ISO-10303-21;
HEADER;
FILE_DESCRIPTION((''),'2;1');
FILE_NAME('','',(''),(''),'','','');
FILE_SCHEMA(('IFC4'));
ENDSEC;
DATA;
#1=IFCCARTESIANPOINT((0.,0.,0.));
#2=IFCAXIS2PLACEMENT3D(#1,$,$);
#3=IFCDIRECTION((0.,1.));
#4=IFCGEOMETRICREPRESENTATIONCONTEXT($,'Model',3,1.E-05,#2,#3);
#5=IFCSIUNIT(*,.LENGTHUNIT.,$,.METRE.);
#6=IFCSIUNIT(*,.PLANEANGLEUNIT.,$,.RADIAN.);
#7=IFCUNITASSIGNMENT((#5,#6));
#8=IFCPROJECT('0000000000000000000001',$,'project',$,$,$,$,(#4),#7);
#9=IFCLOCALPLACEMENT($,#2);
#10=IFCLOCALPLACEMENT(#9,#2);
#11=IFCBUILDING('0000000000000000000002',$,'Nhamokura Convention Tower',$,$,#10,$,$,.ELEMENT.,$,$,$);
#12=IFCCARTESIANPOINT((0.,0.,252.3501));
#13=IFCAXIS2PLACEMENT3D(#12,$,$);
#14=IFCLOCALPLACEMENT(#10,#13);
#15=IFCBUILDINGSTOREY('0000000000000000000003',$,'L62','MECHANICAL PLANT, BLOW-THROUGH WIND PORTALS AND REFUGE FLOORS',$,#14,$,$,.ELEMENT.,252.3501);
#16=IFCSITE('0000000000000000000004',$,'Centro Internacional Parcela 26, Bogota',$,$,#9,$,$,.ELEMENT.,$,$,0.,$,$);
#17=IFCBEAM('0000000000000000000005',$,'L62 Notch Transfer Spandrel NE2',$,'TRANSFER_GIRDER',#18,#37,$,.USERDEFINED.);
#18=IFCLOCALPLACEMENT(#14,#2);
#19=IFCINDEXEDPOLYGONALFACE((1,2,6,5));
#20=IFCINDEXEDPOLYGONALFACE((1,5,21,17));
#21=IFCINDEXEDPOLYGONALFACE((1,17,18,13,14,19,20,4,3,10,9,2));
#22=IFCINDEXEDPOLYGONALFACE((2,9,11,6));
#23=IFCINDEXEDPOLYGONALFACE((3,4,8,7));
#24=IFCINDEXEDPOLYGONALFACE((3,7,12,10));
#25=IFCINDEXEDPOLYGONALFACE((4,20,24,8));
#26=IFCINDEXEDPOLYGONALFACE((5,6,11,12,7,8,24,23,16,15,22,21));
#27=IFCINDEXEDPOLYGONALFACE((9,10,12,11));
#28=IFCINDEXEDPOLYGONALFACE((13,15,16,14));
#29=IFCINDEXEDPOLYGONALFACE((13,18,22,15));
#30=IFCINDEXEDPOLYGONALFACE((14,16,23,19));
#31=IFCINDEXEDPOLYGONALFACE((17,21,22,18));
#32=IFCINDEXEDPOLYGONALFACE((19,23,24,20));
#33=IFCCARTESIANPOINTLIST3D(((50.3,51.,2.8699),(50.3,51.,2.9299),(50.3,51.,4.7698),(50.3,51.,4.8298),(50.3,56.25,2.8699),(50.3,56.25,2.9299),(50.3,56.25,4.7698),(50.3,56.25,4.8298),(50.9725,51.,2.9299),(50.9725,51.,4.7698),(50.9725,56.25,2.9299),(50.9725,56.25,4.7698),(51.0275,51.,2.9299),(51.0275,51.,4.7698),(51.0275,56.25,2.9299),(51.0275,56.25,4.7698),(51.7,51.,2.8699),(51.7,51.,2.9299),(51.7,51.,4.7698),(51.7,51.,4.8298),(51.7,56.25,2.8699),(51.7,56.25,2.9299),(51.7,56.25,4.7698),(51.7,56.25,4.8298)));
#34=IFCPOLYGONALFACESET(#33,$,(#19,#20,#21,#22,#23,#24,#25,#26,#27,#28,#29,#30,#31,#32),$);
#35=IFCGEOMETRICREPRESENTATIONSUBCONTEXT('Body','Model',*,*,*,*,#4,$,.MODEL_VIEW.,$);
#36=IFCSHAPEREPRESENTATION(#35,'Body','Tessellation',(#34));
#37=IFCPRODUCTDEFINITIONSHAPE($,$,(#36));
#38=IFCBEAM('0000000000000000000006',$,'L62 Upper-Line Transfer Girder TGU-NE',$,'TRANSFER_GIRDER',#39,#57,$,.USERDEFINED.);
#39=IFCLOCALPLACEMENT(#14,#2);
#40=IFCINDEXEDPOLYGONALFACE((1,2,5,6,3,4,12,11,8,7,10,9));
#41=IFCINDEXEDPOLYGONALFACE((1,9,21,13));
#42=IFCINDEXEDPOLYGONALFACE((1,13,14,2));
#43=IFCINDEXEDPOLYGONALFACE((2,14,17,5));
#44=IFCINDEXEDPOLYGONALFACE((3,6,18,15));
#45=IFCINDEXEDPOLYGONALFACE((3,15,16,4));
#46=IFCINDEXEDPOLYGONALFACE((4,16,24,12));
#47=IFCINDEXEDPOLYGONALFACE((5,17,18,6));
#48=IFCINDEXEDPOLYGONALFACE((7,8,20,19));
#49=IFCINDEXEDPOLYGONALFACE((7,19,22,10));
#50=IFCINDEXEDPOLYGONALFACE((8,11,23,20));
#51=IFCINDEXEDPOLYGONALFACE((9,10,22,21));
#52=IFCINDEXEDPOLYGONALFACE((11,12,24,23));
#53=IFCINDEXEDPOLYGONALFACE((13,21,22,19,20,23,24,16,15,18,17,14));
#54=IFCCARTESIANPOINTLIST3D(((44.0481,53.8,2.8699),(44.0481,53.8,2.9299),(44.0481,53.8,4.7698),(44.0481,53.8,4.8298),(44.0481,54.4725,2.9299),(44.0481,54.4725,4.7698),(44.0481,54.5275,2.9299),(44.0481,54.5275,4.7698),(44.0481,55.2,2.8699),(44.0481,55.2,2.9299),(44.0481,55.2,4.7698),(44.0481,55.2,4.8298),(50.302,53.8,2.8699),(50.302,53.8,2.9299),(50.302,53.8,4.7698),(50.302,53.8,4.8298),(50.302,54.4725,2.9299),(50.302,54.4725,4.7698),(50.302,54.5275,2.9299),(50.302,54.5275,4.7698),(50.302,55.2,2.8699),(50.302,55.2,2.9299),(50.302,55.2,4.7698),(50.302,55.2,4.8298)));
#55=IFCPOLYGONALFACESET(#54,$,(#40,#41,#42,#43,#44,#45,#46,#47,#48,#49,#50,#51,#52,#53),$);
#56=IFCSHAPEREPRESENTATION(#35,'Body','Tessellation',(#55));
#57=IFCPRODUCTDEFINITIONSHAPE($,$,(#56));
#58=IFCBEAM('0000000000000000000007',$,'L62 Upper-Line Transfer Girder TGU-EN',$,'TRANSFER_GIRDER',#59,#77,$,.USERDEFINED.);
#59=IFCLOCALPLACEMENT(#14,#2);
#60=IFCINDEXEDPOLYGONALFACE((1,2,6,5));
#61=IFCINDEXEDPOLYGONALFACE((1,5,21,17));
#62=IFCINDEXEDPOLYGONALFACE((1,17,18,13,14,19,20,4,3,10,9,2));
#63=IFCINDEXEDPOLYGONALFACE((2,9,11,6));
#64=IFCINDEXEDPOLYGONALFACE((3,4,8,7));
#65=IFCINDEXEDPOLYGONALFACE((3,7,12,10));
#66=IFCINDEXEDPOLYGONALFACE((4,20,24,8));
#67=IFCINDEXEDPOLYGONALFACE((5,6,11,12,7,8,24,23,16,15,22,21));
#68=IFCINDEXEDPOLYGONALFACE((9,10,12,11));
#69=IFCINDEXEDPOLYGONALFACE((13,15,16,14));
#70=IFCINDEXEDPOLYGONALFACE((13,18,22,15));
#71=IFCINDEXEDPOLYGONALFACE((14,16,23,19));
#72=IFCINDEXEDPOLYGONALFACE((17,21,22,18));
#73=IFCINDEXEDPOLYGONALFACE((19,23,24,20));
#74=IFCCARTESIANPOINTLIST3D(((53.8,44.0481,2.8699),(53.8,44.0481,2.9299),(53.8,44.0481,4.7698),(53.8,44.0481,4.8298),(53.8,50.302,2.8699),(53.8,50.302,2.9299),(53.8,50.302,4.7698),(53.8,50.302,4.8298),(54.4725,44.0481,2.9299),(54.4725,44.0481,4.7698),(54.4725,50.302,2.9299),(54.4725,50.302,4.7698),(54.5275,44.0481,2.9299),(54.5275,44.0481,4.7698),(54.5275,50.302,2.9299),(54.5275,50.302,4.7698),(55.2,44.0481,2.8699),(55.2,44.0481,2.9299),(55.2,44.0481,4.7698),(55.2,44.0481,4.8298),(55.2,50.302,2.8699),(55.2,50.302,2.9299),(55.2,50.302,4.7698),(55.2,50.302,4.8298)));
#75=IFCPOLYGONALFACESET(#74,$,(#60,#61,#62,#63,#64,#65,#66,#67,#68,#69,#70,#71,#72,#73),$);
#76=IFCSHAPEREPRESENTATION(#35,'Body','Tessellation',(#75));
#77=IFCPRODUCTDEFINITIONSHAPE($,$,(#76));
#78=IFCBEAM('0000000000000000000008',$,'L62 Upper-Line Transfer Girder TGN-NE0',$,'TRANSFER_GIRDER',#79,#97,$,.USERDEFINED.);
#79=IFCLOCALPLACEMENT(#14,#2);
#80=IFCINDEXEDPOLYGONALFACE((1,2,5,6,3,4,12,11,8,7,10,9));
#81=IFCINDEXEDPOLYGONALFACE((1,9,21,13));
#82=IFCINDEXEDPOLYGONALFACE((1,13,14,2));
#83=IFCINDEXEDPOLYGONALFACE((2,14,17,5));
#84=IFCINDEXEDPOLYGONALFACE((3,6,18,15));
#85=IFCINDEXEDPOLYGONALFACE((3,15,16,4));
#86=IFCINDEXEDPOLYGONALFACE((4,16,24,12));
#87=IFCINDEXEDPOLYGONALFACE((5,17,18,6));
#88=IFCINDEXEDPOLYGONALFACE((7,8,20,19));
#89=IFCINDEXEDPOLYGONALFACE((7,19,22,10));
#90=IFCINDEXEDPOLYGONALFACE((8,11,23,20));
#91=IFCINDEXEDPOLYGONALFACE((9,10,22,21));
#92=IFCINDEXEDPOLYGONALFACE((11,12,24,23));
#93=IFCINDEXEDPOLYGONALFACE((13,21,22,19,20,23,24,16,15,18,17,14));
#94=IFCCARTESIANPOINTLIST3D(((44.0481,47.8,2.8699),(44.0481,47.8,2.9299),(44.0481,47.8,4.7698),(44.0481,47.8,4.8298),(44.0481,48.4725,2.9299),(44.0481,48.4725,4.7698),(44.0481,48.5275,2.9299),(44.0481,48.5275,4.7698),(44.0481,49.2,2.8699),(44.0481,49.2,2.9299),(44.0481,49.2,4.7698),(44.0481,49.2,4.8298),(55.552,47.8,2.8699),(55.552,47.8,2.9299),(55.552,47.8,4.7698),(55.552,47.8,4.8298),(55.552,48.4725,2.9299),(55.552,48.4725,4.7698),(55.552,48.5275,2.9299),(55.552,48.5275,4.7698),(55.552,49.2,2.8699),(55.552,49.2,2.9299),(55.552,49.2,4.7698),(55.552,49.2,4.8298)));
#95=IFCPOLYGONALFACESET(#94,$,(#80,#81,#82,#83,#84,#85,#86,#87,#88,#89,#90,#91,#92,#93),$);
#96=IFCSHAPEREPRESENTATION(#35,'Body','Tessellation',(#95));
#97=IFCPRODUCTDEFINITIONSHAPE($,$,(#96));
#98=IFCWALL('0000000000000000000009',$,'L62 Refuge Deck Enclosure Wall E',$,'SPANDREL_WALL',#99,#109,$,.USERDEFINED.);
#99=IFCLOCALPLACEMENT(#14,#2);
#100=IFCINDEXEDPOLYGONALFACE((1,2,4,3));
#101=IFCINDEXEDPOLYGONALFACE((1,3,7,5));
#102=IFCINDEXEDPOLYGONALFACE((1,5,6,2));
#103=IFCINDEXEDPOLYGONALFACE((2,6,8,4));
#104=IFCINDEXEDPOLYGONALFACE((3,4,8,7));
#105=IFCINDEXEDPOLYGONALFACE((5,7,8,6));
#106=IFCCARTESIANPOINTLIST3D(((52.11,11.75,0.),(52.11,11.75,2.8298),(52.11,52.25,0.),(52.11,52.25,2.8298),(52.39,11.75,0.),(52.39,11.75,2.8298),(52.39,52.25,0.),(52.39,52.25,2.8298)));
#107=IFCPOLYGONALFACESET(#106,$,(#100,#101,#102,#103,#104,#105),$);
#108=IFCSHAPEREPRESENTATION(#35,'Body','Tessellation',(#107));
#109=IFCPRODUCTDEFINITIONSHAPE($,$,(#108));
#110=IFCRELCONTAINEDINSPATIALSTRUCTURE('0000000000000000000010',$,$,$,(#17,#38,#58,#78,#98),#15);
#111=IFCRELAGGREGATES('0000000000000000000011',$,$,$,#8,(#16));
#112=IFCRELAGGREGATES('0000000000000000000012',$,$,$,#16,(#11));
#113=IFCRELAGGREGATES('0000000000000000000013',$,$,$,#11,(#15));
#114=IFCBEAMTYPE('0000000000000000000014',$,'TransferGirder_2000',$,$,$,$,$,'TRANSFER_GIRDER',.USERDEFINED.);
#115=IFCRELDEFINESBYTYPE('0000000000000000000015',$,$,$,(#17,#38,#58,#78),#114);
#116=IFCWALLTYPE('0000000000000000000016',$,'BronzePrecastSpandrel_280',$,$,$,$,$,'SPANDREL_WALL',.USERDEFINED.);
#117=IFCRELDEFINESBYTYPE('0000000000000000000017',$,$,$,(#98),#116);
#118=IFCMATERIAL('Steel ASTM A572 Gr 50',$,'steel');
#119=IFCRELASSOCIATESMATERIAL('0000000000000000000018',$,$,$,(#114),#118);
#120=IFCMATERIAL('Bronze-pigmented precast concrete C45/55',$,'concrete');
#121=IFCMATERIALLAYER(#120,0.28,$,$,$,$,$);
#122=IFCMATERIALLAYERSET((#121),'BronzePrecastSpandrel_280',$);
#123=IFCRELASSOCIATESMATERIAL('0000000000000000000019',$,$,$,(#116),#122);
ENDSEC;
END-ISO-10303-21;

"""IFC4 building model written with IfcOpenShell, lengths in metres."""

from ifc_helpers import new_model, si_unit, direction, frame, frame_2d, origin, origin_2d, place, context, subcontext, project, spatial, rectangle, i_section, extrude, material, layer, layer_set, material_profile, profile_set, type_object, element, save


model = new_model("IFC4")

# Units and contexts
model_context = context("Model", 3, precision=1e-05, world=origin(), true_north=direction((0.0, 1.0)))
body_context = subcontext(model_context, "Body", "Model", "MODEL_VIEW")
ifc_project = project(units=[si_unit("LENGTHUNIT", "METRE"), si_unit("PLANEANGLEUNIT", "RADIAN")], contexts=[model_context])

# Site, building, storey
site_placement = place(None, origin())
site = spatial("IfcSite", under=ifc_project, at=site_placement, Name="Centro Internacional Parcela 26, Bogota", CompositionType="ELEMENT", RefElevation=0.0)
building_placement = place(site_placement, origin())
building = spatial("IfcBuilding", under=site, at=building_placement, Name="Nhamokura Convention Tower", CompositionType="ELEMENT")
storey_placement = place(building_placement, frame((0.0, 0.0, 252.3501)))
storey = spatial("IfcBuildingStorey", under=building, at=storey_placement, Name="L62", Description="MECHANICAL PLANT, BLOW-THROUGH WIND PORTALS AND REFUGE FLOORS", CompositionType="ELEMENT", Elevation=252.3501)

# Beams
ifc_material_1 = material(Name="Steel ASTM A572 Gr 50", Category="steel")
ifc_material_profile_1 = material_profile(ifc_material_1, i_section(OverallWidth=1.3999, OverallDepth=1.96, WebThickness=0.0549, FlangeThickness=0.0601, at=origin_2d()))
ifc_profile_set_1 = profile_set([ifc_material_profile_1], Name="Steel ASTM A572 Gr 50")
beam_type_1 = type_object("IfcBeamType", Name="TransferGirder_2000", ElementType="TRANSFER_GIRDER", PredefinedType="USERDEFINED", material=ifc_profile_set_1)
for number, where, z_axis, x_axis, name in (
    (1, (51.0, 51.0, 3.8499), (0.0, 1.0, 0.0), (-1.0, 0.0, 0.0), "L62 Notch Transfer Spandrel NE2"),
):
    element("IfcBeam", number, at=place(storey_placement, frame(where, z_axis=z_axis, x_axis=x_axis)), inside=storey, type_object=beam_type_1, Name=name, ObjectType="TRANSFER_GIRDER", PredefinedType="USERDEFINED", context=body_context, shape_type="SweptSolid", body=[
        extrude(i_section(OverallWidth=1.3999, OverallDepth=1.96, WebThickness=0.0549, FlangeThickness=0.0601, at=origin_2d()), origin(), (0.0, 0.0, 1.0), 5.25),
    ])
for number, where, z_axis, x_axis, name in (
    (2, (44.0481, 54.5, 3.8499), (1.0, 0.0, 0.0), (0.0, 1.0, 0.0), "L62 Upper-Line Transfer Girder TGU-NE"),
    (3, (54.5, 44.0481, 3.8499), (0.0, 1.0, 0.0), (-1.0, 0.0, 0.0), "L62 Upper-Line Transfer Girder TGU-EN"),
):
    element("IfcBeam", number, at=place(storey_placement, frame(where, z_axis=z_axis, x_axis=x_axis)), inside=storey, type_object=beam_type_1, Name=name, ObjectType="TRANSFER_GIRDER", PredefinedType="USERDEFINED", context=body_context, shape_type="SweptSolid", body=[
        extrude(i_section(OverallWidth=1.3999, OverallDepth=1.96, WebThickness=0.0549, FlangeThickness=0.0601, at=origin_2d()), origin(), (0.0, 0.0, 1.0), 6.2539),
    ])
beam_1_placement = place(storey_placement, frame((44.0481, 48.5, 3.8499), z_axis=(1.0, 0.0, 0.0), x_axis=(0.0, 1.0, 0.0)))
element("IfcBeam", 4, at=beam_1_placement, inside=storey, type_object=beam_type_1, Name="L62 Upper-Line Transfer Girder TGN-NE0", ObjectType="TRANSFER_GIRDER", PredefinedType="USERDEFINED", context=body_context, shape_type="SweptSolid", body=[
    extrude(i_section(OverallWidth=1.3999, OverallDepth=1.96, WebThickness=0.0549, FlangeThickness=0.0601, at=origin_2d()), origin(), (0.0, 0.0, 1.0), 11.5039),
])

# Wall
ifc_material_2 = material(Name="Bronze-pigmented precast concrete C45/55", Category="concrete")
ifc_layer = layer(ifc_material_2, 0.28)
ifc_layer_set = layer_set([ifc_layer], Name="BronzePrecastSpandrel_280")
wall_type = type_object("IfcWallType", Name="BronzePrecastSpandrel_280", ElementType="SPANDREL_WALL", PredefinedType="USERDEFINED", material=ifc_layer_set)
wall_placement = place(storey_placement, frame((52.25, 52.25, 0.0), z_axis=(0.0, 0.0, 1.0), x_axis=(0.0, -1.0, 0.0)))
element("IfcWall", 5, at=wall_placement, inside=storey, type_object=wall_type, Name="L62 Refuge Deck Enclosure Wall E", ObjectType="SPANDREL_WALL", PredefinedType="USERDEFINED", context=body_context, shape_type="SweptSolid", body=[
    extrude(rectangle(XDim=40.5, YDim=0.28, at=frame_2d((20.25, 0.0))), origin(), (0.0, 0.0, 1.0), 2.8298),
])

save(model, "model.ifc")
